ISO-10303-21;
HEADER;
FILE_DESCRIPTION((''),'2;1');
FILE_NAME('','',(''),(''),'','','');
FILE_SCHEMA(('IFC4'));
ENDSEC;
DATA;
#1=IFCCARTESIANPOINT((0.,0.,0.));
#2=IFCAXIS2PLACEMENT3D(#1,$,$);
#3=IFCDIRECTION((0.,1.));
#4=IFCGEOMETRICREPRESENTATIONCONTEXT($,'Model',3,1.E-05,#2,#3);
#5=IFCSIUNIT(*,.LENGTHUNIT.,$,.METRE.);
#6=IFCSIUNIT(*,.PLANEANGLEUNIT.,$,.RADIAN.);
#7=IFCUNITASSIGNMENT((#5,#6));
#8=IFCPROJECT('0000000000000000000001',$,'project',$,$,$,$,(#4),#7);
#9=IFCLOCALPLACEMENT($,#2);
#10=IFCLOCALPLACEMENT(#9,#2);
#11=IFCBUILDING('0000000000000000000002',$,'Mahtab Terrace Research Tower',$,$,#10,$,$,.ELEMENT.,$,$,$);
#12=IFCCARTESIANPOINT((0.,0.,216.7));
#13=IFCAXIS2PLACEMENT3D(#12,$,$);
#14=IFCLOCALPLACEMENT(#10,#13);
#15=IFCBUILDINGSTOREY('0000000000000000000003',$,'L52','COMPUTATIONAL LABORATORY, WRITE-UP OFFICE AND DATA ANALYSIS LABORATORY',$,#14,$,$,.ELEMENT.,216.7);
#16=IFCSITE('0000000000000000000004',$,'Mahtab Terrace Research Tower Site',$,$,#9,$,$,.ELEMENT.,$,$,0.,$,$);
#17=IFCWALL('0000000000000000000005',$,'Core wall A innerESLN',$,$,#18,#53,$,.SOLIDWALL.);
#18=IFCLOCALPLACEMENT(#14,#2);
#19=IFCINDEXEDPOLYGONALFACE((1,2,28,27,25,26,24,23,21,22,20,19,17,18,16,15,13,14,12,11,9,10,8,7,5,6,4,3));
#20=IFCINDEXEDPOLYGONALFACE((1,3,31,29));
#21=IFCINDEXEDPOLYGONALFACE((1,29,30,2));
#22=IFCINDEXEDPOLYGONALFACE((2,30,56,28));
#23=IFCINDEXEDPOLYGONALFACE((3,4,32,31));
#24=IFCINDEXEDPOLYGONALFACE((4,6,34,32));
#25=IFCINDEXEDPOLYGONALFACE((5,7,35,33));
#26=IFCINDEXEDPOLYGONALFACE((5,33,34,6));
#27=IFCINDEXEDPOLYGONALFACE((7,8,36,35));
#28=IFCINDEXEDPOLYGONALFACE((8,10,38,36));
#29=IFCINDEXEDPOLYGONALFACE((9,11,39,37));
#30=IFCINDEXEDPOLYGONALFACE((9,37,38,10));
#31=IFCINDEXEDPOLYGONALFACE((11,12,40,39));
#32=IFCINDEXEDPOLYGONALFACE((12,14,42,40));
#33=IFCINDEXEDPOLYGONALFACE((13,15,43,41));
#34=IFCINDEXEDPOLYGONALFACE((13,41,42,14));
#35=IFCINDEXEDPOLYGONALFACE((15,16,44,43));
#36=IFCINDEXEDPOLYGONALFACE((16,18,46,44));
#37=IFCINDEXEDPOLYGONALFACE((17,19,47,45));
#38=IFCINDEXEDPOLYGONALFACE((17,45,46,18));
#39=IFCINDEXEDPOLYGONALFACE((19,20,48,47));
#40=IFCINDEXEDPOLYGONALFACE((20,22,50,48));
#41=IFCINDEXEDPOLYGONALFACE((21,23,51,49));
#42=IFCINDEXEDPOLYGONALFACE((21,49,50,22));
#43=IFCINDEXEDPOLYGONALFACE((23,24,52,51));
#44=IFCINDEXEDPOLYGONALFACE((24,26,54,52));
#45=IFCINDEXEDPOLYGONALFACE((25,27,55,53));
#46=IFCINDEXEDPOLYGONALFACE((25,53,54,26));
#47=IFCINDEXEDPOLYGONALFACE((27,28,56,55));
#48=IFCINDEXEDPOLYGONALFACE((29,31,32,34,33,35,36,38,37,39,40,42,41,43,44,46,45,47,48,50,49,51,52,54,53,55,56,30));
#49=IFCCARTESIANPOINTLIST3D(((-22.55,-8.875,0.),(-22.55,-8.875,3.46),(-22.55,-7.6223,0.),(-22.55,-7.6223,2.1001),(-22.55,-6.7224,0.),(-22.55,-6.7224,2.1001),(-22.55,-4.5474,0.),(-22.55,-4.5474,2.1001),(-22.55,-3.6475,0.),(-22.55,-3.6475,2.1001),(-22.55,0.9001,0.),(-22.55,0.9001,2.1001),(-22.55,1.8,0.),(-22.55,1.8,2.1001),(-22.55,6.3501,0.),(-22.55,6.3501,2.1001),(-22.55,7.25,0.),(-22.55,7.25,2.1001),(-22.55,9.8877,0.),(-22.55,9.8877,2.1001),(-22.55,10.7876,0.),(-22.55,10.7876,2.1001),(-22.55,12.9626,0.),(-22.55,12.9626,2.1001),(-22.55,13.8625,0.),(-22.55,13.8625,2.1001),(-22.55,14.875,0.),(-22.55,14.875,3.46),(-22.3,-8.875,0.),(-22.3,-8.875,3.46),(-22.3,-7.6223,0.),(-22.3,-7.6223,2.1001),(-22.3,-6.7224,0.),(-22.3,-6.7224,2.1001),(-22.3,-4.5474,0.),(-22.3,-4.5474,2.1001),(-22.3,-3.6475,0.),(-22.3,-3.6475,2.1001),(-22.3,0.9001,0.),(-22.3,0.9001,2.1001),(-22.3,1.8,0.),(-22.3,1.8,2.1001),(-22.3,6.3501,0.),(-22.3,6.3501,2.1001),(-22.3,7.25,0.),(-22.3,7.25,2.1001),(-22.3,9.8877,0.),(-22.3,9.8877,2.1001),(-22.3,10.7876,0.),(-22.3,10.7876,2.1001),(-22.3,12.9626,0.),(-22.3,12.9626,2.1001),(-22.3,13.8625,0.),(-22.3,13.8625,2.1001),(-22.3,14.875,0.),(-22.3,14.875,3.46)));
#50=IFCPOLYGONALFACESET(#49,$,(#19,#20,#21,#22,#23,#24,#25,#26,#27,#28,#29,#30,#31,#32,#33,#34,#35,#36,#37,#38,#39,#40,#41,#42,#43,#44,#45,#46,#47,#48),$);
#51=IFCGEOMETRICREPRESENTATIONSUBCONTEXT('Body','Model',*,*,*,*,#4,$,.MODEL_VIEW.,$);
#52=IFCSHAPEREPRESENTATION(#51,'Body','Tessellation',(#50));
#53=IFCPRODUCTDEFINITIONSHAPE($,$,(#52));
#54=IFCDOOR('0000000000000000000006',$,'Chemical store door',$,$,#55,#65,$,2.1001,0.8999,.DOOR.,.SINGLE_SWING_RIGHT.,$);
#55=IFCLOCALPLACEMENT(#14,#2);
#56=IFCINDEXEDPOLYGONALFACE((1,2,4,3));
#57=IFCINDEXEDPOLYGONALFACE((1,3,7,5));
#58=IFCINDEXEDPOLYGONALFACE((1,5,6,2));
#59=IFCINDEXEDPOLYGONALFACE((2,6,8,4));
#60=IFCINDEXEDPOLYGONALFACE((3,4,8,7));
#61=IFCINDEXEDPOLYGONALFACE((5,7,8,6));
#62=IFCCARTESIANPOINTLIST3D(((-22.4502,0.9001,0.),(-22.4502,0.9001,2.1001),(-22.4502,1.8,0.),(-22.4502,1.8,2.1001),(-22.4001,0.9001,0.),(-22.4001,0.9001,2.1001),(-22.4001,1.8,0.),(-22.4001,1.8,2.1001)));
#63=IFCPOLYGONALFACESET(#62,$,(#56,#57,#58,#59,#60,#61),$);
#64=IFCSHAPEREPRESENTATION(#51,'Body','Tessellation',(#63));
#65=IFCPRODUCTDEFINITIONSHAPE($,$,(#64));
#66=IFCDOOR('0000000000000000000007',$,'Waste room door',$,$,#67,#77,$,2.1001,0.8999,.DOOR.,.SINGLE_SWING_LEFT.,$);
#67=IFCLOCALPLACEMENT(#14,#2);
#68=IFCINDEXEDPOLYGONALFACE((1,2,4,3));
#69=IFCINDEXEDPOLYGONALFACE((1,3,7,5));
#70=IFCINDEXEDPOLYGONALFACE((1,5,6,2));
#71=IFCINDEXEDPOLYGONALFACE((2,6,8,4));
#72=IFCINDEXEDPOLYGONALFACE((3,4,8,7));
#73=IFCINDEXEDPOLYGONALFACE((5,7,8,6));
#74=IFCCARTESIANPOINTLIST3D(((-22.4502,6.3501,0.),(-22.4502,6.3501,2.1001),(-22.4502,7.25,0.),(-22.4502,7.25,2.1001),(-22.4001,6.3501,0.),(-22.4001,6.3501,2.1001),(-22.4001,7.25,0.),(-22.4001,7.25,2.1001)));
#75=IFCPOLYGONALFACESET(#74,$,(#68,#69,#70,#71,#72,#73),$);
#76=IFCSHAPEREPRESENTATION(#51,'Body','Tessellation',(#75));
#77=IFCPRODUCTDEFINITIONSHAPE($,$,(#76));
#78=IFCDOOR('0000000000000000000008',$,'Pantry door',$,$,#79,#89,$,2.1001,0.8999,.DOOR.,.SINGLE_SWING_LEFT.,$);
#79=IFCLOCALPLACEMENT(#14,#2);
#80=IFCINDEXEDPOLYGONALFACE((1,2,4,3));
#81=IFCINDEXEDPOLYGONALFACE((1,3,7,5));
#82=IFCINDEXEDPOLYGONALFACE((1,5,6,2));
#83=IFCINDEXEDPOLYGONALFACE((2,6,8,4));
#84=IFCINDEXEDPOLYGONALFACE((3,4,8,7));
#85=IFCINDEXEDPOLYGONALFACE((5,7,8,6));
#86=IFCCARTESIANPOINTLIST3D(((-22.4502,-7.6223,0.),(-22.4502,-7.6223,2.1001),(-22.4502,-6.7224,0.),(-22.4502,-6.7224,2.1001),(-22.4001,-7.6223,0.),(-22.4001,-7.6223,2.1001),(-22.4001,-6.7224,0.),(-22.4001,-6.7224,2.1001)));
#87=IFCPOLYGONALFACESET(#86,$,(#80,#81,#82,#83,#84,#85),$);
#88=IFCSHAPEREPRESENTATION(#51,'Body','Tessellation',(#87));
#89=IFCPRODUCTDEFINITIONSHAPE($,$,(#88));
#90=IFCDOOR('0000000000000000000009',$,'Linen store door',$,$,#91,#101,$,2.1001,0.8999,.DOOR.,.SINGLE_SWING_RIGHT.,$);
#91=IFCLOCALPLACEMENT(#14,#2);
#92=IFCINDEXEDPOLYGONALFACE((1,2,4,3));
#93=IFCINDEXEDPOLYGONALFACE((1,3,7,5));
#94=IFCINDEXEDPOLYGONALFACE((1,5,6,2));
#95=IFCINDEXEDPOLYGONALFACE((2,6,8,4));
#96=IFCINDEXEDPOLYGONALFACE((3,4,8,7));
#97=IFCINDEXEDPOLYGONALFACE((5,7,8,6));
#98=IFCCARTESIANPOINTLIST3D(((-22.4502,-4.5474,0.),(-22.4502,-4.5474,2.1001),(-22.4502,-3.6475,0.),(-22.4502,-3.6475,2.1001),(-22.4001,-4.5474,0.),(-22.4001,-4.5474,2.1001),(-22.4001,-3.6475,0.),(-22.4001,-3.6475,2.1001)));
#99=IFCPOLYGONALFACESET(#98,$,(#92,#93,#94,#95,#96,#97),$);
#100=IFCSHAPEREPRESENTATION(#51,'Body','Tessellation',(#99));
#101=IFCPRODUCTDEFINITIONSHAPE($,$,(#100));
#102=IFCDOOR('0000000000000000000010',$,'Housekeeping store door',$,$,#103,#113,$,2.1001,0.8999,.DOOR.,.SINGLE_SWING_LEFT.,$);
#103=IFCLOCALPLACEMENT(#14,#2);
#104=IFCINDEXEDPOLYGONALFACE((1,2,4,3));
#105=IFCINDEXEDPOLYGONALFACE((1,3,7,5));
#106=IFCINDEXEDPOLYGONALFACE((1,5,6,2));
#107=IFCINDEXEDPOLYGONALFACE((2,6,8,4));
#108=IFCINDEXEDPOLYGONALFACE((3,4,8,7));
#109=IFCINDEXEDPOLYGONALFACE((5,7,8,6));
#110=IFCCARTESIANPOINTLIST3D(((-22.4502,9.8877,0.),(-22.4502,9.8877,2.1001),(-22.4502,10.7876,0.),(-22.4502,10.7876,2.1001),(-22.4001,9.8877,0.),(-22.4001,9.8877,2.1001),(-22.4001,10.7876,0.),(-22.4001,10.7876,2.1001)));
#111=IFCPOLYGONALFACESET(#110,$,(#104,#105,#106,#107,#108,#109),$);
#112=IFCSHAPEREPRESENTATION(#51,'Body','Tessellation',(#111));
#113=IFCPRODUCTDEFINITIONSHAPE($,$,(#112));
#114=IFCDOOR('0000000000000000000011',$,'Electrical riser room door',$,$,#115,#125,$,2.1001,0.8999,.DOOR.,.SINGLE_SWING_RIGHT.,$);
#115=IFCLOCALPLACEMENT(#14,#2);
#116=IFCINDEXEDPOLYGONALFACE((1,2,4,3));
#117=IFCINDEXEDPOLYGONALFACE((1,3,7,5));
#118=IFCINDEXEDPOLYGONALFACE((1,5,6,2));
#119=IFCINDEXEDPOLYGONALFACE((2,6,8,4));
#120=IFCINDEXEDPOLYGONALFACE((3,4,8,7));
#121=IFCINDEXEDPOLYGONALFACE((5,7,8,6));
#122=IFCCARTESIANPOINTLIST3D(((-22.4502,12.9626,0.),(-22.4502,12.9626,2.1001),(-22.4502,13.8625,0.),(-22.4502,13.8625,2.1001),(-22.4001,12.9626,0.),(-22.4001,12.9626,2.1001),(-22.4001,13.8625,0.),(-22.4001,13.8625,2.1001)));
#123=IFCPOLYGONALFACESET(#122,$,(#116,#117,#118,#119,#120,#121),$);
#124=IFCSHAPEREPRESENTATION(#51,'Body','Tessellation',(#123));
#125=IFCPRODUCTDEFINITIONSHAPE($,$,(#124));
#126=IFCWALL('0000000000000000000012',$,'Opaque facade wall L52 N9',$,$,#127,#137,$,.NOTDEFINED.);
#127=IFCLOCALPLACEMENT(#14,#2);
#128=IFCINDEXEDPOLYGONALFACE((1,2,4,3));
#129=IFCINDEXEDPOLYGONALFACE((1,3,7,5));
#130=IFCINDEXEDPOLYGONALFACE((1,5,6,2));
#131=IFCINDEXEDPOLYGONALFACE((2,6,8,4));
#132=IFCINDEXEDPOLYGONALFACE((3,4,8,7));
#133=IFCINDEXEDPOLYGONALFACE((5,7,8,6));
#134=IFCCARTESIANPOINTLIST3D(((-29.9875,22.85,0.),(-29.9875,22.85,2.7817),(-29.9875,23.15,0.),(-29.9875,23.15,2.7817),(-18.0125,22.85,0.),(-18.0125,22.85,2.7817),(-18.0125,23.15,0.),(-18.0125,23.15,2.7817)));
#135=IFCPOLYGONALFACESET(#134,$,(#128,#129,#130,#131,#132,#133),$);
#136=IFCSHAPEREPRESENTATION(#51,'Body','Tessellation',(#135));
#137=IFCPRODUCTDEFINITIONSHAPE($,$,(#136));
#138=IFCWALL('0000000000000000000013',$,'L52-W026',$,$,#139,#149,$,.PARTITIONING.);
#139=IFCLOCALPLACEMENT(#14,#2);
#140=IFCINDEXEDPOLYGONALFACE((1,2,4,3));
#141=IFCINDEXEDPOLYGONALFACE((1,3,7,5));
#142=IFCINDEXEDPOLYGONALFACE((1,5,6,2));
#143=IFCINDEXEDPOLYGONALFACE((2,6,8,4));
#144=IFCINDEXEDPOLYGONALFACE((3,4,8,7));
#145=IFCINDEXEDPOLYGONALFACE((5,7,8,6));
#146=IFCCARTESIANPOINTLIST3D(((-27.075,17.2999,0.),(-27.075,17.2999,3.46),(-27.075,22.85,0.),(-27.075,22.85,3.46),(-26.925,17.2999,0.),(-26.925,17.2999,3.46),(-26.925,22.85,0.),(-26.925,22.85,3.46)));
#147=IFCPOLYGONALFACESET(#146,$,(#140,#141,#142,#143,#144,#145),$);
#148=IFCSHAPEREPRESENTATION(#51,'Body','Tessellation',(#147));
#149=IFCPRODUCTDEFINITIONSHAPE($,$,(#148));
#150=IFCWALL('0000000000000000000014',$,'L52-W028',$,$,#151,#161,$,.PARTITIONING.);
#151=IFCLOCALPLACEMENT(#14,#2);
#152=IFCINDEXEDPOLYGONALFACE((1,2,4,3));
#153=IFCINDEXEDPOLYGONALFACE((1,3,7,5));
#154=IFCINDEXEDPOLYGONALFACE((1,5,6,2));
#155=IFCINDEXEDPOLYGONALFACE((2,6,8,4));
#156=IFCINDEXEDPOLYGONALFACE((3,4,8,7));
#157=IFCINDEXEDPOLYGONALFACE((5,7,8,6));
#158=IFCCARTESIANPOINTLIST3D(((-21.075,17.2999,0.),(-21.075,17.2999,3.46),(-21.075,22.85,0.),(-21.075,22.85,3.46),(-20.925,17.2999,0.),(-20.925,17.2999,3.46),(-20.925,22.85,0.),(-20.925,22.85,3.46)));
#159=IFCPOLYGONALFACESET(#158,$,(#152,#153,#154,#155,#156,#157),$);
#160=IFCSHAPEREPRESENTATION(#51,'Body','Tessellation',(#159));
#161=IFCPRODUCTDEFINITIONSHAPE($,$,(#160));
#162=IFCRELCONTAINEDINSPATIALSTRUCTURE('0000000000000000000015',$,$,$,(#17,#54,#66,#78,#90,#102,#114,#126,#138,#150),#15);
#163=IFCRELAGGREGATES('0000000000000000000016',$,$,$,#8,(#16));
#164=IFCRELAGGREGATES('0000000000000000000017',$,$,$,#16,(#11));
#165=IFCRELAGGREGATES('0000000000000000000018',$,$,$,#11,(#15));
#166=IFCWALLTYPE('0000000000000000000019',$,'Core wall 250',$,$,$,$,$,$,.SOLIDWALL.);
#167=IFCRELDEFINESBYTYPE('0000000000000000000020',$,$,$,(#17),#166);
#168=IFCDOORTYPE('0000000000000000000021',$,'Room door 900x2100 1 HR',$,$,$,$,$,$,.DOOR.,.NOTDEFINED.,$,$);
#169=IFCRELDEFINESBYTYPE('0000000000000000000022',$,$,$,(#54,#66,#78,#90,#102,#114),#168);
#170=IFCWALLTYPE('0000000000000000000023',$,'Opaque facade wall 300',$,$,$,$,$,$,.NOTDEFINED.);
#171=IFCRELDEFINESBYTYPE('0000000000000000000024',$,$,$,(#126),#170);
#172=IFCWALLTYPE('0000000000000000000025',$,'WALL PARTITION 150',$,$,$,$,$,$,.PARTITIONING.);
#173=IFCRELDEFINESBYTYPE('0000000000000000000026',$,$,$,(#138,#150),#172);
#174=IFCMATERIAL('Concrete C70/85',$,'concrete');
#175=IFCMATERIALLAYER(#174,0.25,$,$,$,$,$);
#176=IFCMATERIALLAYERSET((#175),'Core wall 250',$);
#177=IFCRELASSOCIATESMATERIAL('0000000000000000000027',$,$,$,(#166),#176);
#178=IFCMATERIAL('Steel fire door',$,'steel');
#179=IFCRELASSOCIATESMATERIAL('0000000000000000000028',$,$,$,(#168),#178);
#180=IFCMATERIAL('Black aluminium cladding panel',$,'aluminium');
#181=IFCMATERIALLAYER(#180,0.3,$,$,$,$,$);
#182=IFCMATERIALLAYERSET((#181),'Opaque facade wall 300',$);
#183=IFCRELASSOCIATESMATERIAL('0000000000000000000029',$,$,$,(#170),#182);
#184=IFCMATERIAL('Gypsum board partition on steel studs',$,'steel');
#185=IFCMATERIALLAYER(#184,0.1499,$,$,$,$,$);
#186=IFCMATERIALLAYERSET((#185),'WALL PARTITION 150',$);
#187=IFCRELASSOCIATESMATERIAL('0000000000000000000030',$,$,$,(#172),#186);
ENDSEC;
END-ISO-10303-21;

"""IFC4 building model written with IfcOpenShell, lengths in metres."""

from ifc_helpers import new_model, si_unit, direction, frame, frame_2d, origin, place, context, subcontext, project, spatial, rectangle, extrude, material, layer, layer_set, type_object, element, fill, save


model = new_model("IFC4")

# Units and contexts
model_context = context("Model", 3, precision=1e-05, world=origin(), true_north=direction((0.0, 1.0)))
body_context = subcontext(model_context, "Body", "Model", "MODEL_VIEW")
ifc_project = project(units=[si_unit("LENGTHUNIT", "METRE"), si_unit("PLANEANGLEUNIT", "RADIAN")], contexts=[model_context])

# Site, building, storey
site_placement = place(None, origin())
site = spatial("IfcSite", under=ifc_project, at=site_placement, Name="Mahtab Terrace Research Tower Site", CompositionType="ELEMENT", RefElevation=0.0)
building_placement = place(site_placement, origin())
building = spatial("IfcBuilding", under=site, at=building_placement, Name="Mahtab Terrace Research Tower", CompositionType="ELEMENT")
storey_placement = place(building_placement, frame((0.0, 0.0, 216.7)))
storey = spatial("IfcBuildingStorey", under=building, at=storey_placement, Name="L52", Description="COMPUTATIONAL LABORATORY, WRITE-UP OFFICE AND DATA ANALYSIS LABORATORY", CompositionType="ELEMENT", Elevation=216.7)

# Shared definitions
ifc_material_1 = material(Name="Concrete C70/85", Category="concrete")
ifc_layer_1 = layer(ifc_material_1, 0.25)
ifc_layer_set_1 = layer_set([ifc_layer_1], Name="Core wall 250")
wall_type_1 = type_object("IfcWallType", Name="Core wall 250", PredefinedType="SOLIDWALL", material=ifc_layer_set_1)

# Shared definitions
ifc_material_2 = material(Name="Steel fire door", Category="steel")

# Wall, openings, doors
wall_1_placement = place(storey_placement, frame((-22.425, 14.875, 0.0), z_axis=(0.0, 0.0, 1.0), x_axis=(0.0, -1.0, 0.0)))
wall_1 = element("IfcWall", 1, at=wall_1_placement, inside=storey, type_object=wall_type_1, Name="Core wall A innerESLN", PredefinedType="SOLIDWALL", context=body_context, shape_type="SweptSolid", body=[
    extrude(rectangle(XDim=23.75, YDim=0.25, at=frame_2d((11.875, 0.0))), origin(), (0.0, 0.0, 1.0), 3.46),
])
opening_1_placement = place(wall_1_placement, frame((13.075, 0.0, 0.0)))
opening_1 = element("IfcOpeningElement", 2, at=opening_1_placement, cuts=wall_1, PredefinedType="OPENING", context=body_context, shape_type="SweptSolid", body=[
    extrude(rectangle(XDim=0.8999, YDim=2.1001, at=frame_2d((0.45, 1.05))), frame((0.0, 0.135, 0.0), z_axis=(0.0, -1.0, 0.0), x_axis=(1.0, 0.0, 0.0)), (0.0, 0.0, 1.0), 0.27),
])
opening_2_placement = place(wall_1_placement, frame((7.625, 0.0, 0.0)))
opening_2 = element("IfcOpeningElement", 3, at=opening_2_placement, cuts=wall_1, PredefinedType="OPENING", context=body_context, shape_type="SweptSolid", body=[
    extrude(rectangle(XDim=0.8999, YDim=2.1001, at=frame_2d((0.45, 1.05))), frame((0.0, 0.135, 0.0), z_axis=(0.0, -1.0, 0.0), x_axis=(1.0, 0.0, 0.0)), (0.0, 0.0, 1.0), 0.27),
])
opening_3_placement = place(wall_1_placement, frame((21.5974, 0.0, 0.0)))
opening_3 = element("IfcOpeningElement", 4, at=opening_3_placement, cuts=wall_1, PredefinedType="OPENING", context=body_context, shape_type="SweptSolid", body=[
    extrude(rectangle(XDim=0.8999, YDim=2.1001, at=frame_2d((0.45, 1.05))), frame((0.0, 0.135, 0.0), z_axis=(0.0, -1.0, 0.0), x_axis=(1.0, 0.0, 0.0)), (0.0, 0.0, 1.0), 0.27),
])
opening_4_placement = place(wall_1_placement, frame((18.5225, 0.0, 0.0)))
opening_4 = element("IfcOpeningElement", 5, at=opening_4_placement, cuts=wall_1, PredefinedType="OPENING", context=body_context, shape_type="SweptSolid", body=[
    extrude(rectangle(XDim=0.8999, YDim=2.1001, at=frame_2d((0.45, 1.05))), frame((0.0, 0.135, 0.0), z_axis=(0.0, -1.0, 0.0), x_axis=(1.0, 0.0, 0.0)), (0.0, 0.0, 1.0), 0.27),
])
opening_5_placement = place(wall_1_placement, frame((4.0874, 0.0, 0.0)))
opening_5 = element("IfcOpeningElement", 6, at=opening_5_placement, cuts=wall_1, PredefinedType="OPENING", context=body_context, shape_type="SweptSolid", body=[
    extrude(rectangle(XDim=0.8999, YDim=2.1001, at=frame_2d((0.45, 1.05))), frame((0.0, 0.135, 0.0), z_axis=(0.0, -1.0, 0.0), x_axis=(1.0, 0.0, 0.0)), (0.0, 0.0, 1.0), 0.27),
])
opening_6_placement = place(wall_1_placement, frame((1.0125, 0.0, 0.0)))
opening_6 = element("IfcOpeningElement", 7, at=opening_6_placement, cuts=wall_1, PredefinedType="OPENING", context=body_context, shape_type="SweptSolid", body=[
    extrude(rectangle(XDim=0.8999, YDim=2.1001, at=frame_2d((0.45, 1.05))), frame((0.0, 0.135, 0.0), z_axis=(0.0, -1.0, 0.0), x_axis=(1.0, 0.0, 0.0)), (0.0, 0.0, 1.0), 0.27),
])
door_type_1 = type_object("IfcDoorType", Name="Room door 900x2100 1 HR", OperationType="NOTDEFINED", PredefinedType="DOOR", material=ifc_material_2)
door_1_placement = place(opening_1_placement, origin())
door_1 = element("IfcDoor", 8, at=door_1_placement, inside=storey, type_object=door_type_1, Name="Chemical store door", OperationType="SINGLE_SWING_RIGHT", OverallHeight=2.1001, OverallWidth=0.8999, PredefinedType="DOOR", context=body_context, shape_type="SweptSolid", body=[
    extrude(rectangle(XDim=0.8999, YDim=2.1001, at=frame_2d((0.45, 1.05))), frame((0.0, 0.0249, 0.0), z_axis=(0.0, -1.0, 0.0), x_axis=(1.0, 0.0, 0.0)), (0.0, 0.0, 1.0), 0.05),
])
fill(opening_1, door_1)
door_2_placement = place(opening_2_placement, origin())
door_2 = element("IfcDoor", 9, at=door_2_placement, inside=storey, type_object=door_type_1, Name="Waste room door", OperationType="SINGLE_SWING_LEFT", OverallHeight=2.1001, OverallWidth=0.8999, PredefinedType="DOOR", context=body_context, shape_type="SweptSolid", body=[
    extrude(rectangle(XDim=0.8999, YDim=2.1001, at=frame_2d((0.45, 1.05))), frame((0.0, 0.0249, 0.0), z_axis=(0.0, -1.0, 0.0), x_axis=(1.0, 0.0, 0.0)), (0.0, 0.0, 1.0), 0.05),
])
fill(opening_2, door_2)
door_3_placement = place(opening_3_placement, origin())
door_3 = element("IfcDoor", 10, at=door_3_placement, inside=storey, type_object=door_type_1, Name="Pantry door", OperationType="SINGLE_SWING_LEFT", OverallHeight=2.1001, OverallWidth=0.8999, PredefinedType="DOOR", context=body_context, shape_type="SweptSolid", body=[
    extrude(rectangle(XDim=0.8999, YDim=2.1001, at=frame_2d((0.45, 1.05))), frame((0.0, 0.0249, 0.0), z_axis=(0.0, -1.0, 0.0), x_axis=(1.0, 0.0, 0.0)), (0.0, 0.0, 1.0), 0.05),
])
fill(opening_3, door_3)
door_4_placement = place(opening_4_placement, origin())
door_4 = element("IfcDoor", 11, at=door_4_placement, inside=storey, type_object=door_type_1, Name="Linen store door", OperationType="SINGLE_SWING_RIGHT", OverallHeight=2.1001, OverallWidth=0.8999, PredefinedType="DOOR", context=body_context, shape_type="SweptSolid", body=[
    extrude(rectangle(XDim=0.8999, YDim=2.1001, at=frame_2d((0.45, 1.05))), frame((0.0, 0.0249, 0.0), z_axis=(0.0, -1.0, 0.0), x_axis=(1.0, 0.0, 0.0)), (0.0, 0.0, 1.0), 0.05),
])
fill(opening_4, door_4)
door_5_placement = place(opening_5_placement, origin())
door_5 = element("IfcDoor", 12, at=door_5_placement, inside=storey, type_object=door_type_1, Name="Housekeeping store door", OperationType="SINGLE_SWING_LEFT", OverallHeight=2.1001, OverallWidth=0.8999, PredefinedType="DOOR", context=body_context, shape_type="SweptSolid", body=[
    extrude(rectangle(XDim=0.8999, YDim=2.1001, at=frame_2d((0.45, 1.05))), frame((0.0, 0.0249, 0.0), z_axis=(0.0, -1.0, 0.0), x_axis=(1.0, 0.0, 0.0)), (0.0, 0.0, 1.0), 0.05),
])
fill(opening_5, door_5)
door_6_placement = place(opening_6_placement, origin())
door_6 = element("IfcDoor", 13, at=door_6_placement, inside=storey, type_object=door_type_1, Name="Electrical riser room door", OperationType="SINGLE_SWING_RIGHT", OverallHeight=2.1001, OverallWidth=0.8999, PredefinedType="DOOR", context=body_context, shape_type="SweptSolid", body=[
    extrude(rectangle(XDim=0.8999, YDim=2.1001, at=frame_2d((0.45, 1.05))), frame((0.0, 0.0249, 0.0), z_axis=(0.0, -1.0, 0.0), x_axis=(1.0, 0.0, 0.0)), (0.0, 0.0, 1.0), 0.05),
])
fill(opening_6, door_6)

# Walls
ifc_material_3 = material(Name="Black aluminium cladding panel", Category="aluminium")
ifc_layer_2 = layer(ifc_material_3, 0.3)
ifc_layer_set_2 = layer_set([ifc_layer_2], Name="Opaque facade wall 300")
wall_type_2 = type_object("IfcWallType", Name="Opaque facade wall 300", PredefinedType="NOTDEFINED", material=ifc_layer_set_2)
wall_2_placement = place(storey_placement, frame((-18.0125, 23.0, 0.0), z_axis=(0.0, 0.0, 1.0), x_axis=(-1.0, 0.0, 0.0)))
element("IfcWall", 14, at=wall_2_placement, inside=storey, type_object=wall_type_2, Name="Opaque facade wall L52 N9", PredefinedType="NOTDEFINED", context=body_context, shape_type="SweptSolid", body=[
    extrude(rectangle(XDim=11.9751, YDim=0.3, at=frame_2d((5.9875, 0.0))), origin(), (0.0, 0.0, 1.0), 2.7817),
])
ifc_material_4 = material(Name="Gypsum board partition on steel studs", Category="steel")
ifc_layer_3 = layer(ifc_material_4, 0.1499)
ifc_layer_set_3 = layer_set([ifc_layer_3], Name="WALL PARTITION 150")
wall_type_3 = type_object("IfcWallType", Name="WALL PARTITION 150", PredefinedType="PARTITIONING", material=ifc_layer_set_3)
for number, where, z_axis, x_axis, name in (
    (15, (-27.0, 17.3, 0.0), (0.0, 0.0, 1.0), (0.0, 1.0, 0.0), "L52-W026"),
    (16, (-21.0, 17.3, 0.0), (0.0, 0.0, 1.0), (0.0, 1.0, 0.0), "L52-W028"),
):
    element("IfcWall", number, at=place(storey_placement, frame(where, z_axis=z_axis, x_axis=x_axis)), inside=storey, type_object=wall_type_3, Name=name, PredefinedType="PARTITIONING", context=body_context, shape_type="SweptSolid", body=[
        extrude(rectangle(XDim=5.55, YDim=0.1499, at=frame_2d((2.7749, 0.0))), origin(), (0.0, 0.0, 1.0), 3.46),
    ])

save(model, "model.ifc")
